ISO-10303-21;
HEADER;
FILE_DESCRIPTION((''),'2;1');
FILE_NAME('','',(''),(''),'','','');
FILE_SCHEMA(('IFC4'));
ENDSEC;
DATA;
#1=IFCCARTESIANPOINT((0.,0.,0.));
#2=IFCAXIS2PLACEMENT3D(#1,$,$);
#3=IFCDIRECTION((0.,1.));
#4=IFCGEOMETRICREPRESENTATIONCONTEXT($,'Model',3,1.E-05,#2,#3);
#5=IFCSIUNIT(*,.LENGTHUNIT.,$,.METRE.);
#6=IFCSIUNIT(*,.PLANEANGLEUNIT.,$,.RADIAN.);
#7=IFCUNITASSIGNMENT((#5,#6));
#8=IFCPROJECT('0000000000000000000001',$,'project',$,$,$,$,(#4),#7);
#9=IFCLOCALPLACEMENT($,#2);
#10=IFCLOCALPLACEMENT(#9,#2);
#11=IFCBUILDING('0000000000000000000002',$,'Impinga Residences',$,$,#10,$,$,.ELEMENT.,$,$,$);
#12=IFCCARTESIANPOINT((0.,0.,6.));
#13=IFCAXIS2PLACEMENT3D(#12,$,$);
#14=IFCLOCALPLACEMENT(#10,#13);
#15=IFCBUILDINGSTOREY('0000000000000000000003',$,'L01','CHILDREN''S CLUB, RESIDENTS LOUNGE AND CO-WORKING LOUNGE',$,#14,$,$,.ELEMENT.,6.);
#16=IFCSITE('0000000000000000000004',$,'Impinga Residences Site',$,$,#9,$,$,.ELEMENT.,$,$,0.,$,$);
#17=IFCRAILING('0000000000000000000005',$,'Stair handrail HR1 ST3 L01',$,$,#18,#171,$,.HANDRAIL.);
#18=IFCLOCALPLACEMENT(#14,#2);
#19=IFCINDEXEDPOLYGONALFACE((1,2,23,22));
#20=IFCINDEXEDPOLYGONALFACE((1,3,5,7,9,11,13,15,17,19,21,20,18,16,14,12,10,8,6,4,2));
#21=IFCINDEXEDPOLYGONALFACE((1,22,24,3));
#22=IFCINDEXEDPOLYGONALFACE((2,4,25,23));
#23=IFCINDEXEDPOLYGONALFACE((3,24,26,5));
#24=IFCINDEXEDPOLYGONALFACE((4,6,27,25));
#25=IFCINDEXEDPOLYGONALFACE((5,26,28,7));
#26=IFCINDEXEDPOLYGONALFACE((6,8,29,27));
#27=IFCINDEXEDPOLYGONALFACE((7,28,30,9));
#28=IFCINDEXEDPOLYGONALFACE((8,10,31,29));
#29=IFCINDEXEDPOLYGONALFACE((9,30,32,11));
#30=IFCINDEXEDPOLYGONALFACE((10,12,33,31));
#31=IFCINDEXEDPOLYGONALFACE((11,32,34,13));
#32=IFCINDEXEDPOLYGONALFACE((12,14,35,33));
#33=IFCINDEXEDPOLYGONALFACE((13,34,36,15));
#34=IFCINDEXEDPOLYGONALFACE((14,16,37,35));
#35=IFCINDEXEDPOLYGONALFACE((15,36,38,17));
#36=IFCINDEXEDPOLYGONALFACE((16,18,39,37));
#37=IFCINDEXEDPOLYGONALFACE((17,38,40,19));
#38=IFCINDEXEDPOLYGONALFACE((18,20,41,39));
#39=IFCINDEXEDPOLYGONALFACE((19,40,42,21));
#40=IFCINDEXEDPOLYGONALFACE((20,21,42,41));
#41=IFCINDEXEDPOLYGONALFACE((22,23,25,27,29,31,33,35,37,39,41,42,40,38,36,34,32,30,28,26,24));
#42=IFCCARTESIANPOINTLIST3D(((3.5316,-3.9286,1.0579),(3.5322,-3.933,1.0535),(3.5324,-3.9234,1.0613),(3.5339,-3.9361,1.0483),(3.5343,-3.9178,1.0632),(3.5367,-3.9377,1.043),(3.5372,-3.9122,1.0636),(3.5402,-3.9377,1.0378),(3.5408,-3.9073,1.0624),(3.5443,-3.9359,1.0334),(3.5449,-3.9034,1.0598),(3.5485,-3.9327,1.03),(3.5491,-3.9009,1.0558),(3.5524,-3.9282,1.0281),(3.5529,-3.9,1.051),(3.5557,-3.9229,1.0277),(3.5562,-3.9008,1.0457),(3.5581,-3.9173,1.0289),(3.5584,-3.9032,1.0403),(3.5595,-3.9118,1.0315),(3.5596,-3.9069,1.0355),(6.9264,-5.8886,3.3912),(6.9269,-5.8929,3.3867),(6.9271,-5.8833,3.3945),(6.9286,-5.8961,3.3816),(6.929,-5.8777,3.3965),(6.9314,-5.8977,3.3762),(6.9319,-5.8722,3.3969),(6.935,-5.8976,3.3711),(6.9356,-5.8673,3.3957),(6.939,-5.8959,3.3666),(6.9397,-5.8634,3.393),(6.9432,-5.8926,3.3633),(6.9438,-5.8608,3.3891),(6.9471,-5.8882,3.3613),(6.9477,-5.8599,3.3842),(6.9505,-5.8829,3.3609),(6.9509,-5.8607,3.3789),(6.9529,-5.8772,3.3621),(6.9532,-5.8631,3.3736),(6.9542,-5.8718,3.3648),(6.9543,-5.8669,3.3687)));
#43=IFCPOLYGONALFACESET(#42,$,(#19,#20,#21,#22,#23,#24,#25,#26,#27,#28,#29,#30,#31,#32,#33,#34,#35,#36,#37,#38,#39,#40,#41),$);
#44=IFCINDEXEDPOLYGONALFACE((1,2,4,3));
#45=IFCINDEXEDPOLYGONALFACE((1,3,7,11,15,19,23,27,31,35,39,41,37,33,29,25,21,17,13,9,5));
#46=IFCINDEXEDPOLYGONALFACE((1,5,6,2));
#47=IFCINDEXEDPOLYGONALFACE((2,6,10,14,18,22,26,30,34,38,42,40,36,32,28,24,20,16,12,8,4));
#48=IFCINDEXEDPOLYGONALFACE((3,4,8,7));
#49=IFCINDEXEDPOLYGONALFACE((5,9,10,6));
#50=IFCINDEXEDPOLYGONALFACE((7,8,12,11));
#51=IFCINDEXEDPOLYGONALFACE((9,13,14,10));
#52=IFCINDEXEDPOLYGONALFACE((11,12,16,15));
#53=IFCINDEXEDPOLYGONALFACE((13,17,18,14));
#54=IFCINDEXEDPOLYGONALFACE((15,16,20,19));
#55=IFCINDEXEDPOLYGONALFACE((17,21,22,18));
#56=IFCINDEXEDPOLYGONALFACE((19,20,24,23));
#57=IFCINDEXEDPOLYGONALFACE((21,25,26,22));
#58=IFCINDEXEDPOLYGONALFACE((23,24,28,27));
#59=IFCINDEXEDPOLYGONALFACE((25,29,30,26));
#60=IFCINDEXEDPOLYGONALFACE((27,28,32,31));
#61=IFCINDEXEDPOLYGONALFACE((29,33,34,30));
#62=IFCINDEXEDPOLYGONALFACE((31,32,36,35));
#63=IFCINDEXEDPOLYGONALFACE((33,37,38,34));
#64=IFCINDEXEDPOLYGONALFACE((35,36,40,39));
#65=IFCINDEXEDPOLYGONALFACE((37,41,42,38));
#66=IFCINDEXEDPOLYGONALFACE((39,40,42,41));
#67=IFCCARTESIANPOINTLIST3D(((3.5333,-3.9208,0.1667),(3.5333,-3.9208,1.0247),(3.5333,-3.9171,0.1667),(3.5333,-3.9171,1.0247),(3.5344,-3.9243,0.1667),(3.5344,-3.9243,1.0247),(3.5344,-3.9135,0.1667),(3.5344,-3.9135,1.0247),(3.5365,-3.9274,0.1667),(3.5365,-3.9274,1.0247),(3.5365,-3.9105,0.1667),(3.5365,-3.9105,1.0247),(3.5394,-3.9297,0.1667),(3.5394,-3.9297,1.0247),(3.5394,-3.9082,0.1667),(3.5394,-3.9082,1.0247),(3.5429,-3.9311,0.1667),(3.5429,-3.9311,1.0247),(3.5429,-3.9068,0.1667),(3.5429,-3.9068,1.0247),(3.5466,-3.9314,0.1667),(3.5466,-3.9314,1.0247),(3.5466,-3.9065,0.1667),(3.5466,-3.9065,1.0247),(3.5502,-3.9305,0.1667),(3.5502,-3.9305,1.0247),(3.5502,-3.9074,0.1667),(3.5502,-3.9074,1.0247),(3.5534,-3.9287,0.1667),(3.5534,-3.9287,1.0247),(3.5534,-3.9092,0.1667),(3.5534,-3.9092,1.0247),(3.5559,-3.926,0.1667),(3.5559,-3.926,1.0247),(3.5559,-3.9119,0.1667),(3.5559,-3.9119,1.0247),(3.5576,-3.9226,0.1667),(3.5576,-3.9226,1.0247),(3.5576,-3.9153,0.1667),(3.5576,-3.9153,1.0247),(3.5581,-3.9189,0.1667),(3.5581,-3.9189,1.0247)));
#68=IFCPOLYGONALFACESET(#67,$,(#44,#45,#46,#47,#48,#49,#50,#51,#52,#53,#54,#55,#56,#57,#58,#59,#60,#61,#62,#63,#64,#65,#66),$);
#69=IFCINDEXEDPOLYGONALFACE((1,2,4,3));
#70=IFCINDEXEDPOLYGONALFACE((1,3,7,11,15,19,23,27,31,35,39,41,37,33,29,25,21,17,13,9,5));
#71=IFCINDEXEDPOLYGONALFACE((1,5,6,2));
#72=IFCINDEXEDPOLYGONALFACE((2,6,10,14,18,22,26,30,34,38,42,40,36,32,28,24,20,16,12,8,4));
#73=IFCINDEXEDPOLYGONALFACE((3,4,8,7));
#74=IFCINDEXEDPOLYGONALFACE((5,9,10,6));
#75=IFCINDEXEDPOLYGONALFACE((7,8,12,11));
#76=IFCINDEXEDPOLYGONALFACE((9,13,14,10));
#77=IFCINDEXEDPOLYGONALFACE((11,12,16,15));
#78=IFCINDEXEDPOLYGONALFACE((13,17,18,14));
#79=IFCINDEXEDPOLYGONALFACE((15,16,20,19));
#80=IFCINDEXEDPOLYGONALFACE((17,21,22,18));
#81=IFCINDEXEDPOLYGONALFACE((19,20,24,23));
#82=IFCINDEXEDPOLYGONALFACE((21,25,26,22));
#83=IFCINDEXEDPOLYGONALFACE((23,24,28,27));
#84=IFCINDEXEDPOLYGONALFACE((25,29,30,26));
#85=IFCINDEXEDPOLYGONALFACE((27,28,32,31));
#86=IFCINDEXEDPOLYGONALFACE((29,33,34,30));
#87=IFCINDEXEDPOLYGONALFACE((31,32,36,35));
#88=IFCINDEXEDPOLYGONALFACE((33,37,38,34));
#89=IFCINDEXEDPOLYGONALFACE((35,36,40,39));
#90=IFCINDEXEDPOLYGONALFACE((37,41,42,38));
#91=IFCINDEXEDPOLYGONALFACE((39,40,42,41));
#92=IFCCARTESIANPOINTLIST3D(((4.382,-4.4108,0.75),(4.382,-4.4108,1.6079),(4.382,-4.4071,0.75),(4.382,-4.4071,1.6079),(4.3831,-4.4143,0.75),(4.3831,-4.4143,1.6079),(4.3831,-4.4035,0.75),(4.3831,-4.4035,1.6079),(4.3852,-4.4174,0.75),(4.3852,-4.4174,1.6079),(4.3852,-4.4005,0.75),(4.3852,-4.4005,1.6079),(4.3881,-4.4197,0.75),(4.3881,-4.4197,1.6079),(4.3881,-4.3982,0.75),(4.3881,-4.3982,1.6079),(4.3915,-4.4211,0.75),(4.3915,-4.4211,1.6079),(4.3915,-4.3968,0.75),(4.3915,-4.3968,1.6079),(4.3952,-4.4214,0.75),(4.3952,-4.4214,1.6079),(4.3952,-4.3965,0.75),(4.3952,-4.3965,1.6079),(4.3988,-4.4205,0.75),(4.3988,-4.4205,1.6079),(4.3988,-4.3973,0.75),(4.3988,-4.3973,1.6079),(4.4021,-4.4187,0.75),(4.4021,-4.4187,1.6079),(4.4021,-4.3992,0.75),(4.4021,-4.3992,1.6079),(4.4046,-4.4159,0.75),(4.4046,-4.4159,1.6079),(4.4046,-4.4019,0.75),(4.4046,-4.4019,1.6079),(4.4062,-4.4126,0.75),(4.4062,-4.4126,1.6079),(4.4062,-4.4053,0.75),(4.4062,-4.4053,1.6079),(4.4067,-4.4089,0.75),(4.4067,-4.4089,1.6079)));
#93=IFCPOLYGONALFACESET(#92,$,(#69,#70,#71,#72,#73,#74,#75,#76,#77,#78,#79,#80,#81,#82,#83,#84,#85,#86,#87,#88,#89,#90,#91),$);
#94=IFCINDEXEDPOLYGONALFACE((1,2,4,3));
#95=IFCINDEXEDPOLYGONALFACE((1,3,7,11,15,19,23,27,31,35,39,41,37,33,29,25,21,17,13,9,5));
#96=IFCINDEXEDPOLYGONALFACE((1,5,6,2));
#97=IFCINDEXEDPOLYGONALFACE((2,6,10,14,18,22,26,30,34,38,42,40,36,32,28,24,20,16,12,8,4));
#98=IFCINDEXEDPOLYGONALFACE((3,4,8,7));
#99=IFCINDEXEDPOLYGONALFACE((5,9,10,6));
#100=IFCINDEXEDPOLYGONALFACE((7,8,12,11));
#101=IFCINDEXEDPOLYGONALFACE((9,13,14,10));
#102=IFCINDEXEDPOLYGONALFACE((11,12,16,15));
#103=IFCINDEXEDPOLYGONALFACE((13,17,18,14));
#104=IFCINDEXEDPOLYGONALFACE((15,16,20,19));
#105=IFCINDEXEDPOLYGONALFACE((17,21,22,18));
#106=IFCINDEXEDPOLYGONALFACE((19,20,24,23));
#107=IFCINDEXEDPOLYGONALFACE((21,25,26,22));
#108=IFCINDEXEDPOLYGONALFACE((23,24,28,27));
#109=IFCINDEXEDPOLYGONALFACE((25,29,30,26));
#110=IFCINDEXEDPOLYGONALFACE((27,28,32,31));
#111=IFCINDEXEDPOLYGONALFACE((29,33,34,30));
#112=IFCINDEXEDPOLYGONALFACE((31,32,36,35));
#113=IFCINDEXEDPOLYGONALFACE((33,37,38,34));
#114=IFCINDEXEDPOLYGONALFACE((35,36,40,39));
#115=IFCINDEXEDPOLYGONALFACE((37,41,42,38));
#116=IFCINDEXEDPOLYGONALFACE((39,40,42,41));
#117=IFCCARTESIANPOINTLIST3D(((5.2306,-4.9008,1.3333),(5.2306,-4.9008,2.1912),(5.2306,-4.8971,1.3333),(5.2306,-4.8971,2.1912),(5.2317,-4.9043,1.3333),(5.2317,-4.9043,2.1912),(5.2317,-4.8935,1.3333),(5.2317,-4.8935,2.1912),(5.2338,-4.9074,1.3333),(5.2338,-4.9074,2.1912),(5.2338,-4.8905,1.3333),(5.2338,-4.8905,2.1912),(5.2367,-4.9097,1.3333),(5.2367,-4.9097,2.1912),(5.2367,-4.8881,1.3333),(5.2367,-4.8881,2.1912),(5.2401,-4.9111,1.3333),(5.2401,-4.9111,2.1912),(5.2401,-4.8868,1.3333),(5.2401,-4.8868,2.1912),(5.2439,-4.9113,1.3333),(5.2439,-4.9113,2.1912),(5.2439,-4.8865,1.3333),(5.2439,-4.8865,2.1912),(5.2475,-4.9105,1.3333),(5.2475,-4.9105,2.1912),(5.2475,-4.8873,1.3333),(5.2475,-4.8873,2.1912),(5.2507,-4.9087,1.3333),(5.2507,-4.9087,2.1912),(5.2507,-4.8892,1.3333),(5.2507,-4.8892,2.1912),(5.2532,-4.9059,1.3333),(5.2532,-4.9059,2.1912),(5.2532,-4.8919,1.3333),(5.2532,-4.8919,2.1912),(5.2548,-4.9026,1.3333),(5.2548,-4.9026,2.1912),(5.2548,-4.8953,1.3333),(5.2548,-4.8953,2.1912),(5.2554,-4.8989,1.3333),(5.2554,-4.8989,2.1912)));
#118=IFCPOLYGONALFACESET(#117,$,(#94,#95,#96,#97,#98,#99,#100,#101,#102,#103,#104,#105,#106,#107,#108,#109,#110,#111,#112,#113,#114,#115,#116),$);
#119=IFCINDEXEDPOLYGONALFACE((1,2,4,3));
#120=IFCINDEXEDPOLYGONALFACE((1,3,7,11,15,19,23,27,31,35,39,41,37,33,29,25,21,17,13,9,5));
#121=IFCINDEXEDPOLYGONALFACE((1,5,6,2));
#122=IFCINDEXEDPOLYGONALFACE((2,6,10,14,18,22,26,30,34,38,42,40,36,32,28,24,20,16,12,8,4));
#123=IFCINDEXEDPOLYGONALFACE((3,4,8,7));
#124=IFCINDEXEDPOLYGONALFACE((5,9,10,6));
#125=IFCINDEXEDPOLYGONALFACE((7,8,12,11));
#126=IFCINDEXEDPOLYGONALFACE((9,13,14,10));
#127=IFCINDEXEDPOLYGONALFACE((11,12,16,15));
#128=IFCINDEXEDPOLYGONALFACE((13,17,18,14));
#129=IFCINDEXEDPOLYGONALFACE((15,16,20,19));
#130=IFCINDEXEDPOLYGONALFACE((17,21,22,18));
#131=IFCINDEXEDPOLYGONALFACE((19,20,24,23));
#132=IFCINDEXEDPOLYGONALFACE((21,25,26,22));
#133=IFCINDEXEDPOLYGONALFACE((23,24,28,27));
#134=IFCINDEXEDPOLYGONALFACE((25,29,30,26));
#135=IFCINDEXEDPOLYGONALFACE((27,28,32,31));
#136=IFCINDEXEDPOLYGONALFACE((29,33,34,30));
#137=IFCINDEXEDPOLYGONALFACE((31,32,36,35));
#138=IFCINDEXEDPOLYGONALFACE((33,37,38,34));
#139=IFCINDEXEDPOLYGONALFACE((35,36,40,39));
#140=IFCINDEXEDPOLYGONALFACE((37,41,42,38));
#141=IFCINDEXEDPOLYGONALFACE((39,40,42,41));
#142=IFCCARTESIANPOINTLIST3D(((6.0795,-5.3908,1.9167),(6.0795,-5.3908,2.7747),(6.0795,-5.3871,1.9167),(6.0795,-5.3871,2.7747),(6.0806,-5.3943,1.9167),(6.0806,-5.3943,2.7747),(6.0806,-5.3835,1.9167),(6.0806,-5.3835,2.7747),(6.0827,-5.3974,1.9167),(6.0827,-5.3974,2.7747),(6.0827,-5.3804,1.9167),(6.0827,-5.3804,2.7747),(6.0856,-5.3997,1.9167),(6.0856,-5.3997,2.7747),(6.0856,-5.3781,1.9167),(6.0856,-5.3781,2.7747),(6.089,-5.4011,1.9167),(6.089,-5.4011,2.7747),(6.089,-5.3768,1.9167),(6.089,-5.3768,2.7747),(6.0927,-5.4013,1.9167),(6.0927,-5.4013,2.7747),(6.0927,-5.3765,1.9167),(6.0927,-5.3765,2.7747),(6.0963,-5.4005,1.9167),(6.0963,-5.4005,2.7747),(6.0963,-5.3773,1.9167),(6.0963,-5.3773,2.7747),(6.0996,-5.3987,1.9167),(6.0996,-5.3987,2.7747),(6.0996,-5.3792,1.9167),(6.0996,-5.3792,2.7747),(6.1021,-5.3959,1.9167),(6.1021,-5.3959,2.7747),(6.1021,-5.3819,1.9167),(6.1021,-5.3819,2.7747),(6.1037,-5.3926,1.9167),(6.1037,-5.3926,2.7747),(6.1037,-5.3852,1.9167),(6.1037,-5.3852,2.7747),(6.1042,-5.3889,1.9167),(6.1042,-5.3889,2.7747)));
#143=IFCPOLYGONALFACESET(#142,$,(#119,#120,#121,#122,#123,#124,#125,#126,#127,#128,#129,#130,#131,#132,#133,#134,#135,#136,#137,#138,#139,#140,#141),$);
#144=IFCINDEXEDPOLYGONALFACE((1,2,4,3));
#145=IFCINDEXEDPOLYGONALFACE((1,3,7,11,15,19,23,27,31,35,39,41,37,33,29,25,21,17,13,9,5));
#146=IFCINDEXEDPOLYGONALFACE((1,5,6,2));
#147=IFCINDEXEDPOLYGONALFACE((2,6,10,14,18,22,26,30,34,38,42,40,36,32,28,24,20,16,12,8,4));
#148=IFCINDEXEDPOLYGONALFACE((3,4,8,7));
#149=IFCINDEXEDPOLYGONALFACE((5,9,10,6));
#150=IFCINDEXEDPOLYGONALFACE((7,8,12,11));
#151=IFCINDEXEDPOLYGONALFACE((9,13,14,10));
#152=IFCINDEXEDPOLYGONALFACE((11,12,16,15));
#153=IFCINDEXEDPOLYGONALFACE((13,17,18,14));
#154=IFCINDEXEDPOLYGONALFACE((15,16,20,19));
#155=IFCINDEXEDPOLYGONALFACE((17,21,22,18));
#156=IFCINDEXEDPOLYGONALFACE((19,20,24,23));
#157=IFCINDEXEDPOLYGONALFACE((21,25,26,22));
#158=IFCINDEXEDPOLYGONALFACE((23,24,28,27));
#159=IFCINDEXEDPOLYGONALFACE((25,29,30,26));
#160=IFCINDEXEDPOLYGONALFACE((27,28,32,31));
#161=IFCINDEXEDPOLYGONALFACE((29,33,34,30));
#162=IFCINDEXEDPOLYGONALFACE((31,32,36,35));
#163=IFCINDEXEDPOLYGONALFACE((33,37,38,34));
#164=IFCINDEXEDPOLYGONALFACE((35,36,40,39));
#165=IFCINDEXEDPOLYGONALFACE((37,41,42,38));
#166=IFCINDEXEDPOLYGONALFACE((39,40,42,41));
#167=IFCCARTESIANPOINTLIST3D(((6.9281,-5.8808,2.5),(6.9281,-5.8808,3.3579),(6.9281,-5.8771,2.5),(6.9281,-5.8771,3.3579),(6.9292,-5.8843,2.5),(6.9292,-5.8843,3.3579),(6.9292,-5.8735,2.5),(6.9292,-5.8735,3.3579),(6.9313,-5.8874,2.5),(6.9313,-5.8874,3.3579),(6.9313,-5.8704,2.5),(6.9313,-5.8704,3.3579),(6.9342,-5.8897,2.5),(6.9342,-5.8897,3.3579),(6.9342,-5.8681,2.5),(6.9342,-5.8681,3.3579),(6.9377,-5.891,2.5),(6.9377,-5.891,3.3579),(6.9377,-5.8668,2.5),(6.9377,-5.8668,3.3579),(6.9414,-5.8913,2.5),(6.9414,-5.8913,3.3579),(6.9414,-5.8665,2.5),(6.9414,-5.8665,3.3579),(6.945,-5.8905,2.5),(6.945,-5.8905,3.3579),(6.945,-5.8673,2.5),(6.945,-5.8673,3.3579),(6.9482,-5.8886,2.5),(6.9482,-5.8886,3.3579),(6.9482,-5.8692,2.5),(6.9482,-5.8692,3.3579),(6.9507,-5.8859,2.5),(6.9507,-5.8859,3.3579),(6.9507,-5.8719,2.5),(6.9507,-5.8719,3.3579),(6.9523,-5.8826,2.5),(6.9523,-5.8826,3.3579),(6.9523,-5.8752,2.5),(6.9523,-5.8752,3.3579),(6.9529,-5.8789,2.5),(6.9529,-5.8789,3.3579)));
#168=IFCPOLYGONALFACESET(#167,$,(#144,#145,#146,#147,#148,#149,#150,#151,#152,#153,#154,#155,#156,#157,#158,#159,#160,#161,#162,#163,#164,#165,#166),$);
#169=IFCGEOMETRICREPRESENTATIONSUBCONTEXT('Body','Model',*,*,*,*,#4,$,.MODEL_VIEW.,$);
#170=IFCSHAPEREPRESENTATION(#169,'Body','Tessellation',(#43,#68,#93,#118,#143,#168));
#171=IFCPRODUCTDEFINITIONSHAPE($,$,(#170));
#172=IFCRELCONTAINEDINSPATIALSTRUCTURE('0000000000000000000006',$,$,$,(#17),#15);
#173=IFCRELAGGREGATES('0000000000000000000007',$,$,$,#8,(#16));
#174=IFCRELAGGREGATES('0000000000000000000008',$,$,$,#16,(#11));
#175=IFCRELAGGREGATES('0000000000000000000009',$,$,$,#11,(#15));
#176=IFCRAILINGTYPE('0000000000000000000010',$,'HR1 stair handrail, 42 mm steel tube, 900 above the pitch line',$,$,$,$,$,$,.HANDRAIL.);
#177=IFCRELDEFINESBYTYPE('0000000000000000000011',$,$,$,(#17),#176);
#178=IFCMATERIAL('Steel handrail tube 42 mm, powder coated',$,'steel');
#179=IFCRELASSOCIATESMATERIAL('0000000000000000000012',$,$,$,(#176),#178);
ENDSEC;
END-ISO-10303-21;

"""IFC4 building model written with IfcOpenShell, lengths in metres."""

from ifc_helpers import new_model, si_unit, direction, frame, origin, origin_2d, place, context, subcontext, project, spatial, circle, extrude, material, type_object, element, save


model = new_model("IFC4")

# Units and contexts
model_context = context("Model", 3, precision=1e-05, world=origin(), true_north=direction((0.0, 1.0)))
body_context = subcontext(model_context, "Body", "Model", "MODEL_VIEW")
ifc_project = project(units=[si_unit("LENGTHUNIT", "METRE"), si_unit("PLANEANGLEUNIT", "RADIAN")], contexts=[model_context])

# Site, building, storey
site_placement = place(None, origin())
site = spatial("IfcSite", under=ifc_project, at=site_placement, Name="Impinga Residences Site", CompositionType="ELEMENT", RefElevation=0.0)
building_placement = place(site_placement, origin())
building = spatial("IfcBuilding", under=site, at=building_placement, Name="Impinga Residences", CompositionType="ELEMENT")
storey_placement = place(building_placement, frame((0.0, 0.0, 6.0)))
storey = spatial("IfcBuildingStorey", under=building, at=storey_placement, Name="L01", Description="CHILDREN'S CLUB, RESIDENTS LOUNGE AND CO-WORKING LOUNGE", CompositionType="ELEMENT", Elevation=6.0)

# Railing
ifc_material_1 = material(Name="Steel handrail tube 42 mm, powder coated", Category="steel")
railing_type_1 = type_object("IfcRailingType", Name="HR1 stair handrail, 42 mm steel tube, 900 above the pitch line", PredefinedType="HANDRAIL", material=ifc_material_1)
railing_1_placement = place(storey_placement, frame((3.5457, -3.9189, 0.1667)))
element("IfcRailing", 1, at=railing_1_placement, inside=storey, type_object=railing_type_1, Name="Stair handrail HR1 ST3 L01", PredefinedType="HANDRAIL", context=body_context, shape_type="SweptSolid", body=[
    extrude(circle(Radius=0.021, at=origin_2d()), frame((0.0, 0.0, 0.8789), z_axis=(0.744175, -0.429646, 0.511476), x_axis=(0.499997, 0.866027, 0.0)), (0.0, 0.0, 1.0), 4.5618),
    extrude(circle(Radius=0.0125, at=origin_2d()), origin(), (0.0, 0.0, 1.0), 0.8579),
    extrude(circle(Radius=0.0125, at=origin_2d()), frame((0.8486, -0.49, 0.5833)), (0.0, 0.0, 1.0), 0.8579),
    extrude(circle(Radius=0.0125, at=origin_2d()), frame((1.6973, -0.98, 1.1665)), (0.0, 0.0, 1.0), 0.8579),
    extrude(circle(Radius=0.0125, at=origin_2d()), frame((2.5461, -1.47, 1.75)), (0.0, 0.0, 1.0), 0.8579),
    extrude(circle(Radius=0.0125, at=origin_2d()), frame((3.3948, -1.96, 2.3333)), (0.0, 0.0, 1.0), 0.8579),
])

save(model, "model.ifc")
